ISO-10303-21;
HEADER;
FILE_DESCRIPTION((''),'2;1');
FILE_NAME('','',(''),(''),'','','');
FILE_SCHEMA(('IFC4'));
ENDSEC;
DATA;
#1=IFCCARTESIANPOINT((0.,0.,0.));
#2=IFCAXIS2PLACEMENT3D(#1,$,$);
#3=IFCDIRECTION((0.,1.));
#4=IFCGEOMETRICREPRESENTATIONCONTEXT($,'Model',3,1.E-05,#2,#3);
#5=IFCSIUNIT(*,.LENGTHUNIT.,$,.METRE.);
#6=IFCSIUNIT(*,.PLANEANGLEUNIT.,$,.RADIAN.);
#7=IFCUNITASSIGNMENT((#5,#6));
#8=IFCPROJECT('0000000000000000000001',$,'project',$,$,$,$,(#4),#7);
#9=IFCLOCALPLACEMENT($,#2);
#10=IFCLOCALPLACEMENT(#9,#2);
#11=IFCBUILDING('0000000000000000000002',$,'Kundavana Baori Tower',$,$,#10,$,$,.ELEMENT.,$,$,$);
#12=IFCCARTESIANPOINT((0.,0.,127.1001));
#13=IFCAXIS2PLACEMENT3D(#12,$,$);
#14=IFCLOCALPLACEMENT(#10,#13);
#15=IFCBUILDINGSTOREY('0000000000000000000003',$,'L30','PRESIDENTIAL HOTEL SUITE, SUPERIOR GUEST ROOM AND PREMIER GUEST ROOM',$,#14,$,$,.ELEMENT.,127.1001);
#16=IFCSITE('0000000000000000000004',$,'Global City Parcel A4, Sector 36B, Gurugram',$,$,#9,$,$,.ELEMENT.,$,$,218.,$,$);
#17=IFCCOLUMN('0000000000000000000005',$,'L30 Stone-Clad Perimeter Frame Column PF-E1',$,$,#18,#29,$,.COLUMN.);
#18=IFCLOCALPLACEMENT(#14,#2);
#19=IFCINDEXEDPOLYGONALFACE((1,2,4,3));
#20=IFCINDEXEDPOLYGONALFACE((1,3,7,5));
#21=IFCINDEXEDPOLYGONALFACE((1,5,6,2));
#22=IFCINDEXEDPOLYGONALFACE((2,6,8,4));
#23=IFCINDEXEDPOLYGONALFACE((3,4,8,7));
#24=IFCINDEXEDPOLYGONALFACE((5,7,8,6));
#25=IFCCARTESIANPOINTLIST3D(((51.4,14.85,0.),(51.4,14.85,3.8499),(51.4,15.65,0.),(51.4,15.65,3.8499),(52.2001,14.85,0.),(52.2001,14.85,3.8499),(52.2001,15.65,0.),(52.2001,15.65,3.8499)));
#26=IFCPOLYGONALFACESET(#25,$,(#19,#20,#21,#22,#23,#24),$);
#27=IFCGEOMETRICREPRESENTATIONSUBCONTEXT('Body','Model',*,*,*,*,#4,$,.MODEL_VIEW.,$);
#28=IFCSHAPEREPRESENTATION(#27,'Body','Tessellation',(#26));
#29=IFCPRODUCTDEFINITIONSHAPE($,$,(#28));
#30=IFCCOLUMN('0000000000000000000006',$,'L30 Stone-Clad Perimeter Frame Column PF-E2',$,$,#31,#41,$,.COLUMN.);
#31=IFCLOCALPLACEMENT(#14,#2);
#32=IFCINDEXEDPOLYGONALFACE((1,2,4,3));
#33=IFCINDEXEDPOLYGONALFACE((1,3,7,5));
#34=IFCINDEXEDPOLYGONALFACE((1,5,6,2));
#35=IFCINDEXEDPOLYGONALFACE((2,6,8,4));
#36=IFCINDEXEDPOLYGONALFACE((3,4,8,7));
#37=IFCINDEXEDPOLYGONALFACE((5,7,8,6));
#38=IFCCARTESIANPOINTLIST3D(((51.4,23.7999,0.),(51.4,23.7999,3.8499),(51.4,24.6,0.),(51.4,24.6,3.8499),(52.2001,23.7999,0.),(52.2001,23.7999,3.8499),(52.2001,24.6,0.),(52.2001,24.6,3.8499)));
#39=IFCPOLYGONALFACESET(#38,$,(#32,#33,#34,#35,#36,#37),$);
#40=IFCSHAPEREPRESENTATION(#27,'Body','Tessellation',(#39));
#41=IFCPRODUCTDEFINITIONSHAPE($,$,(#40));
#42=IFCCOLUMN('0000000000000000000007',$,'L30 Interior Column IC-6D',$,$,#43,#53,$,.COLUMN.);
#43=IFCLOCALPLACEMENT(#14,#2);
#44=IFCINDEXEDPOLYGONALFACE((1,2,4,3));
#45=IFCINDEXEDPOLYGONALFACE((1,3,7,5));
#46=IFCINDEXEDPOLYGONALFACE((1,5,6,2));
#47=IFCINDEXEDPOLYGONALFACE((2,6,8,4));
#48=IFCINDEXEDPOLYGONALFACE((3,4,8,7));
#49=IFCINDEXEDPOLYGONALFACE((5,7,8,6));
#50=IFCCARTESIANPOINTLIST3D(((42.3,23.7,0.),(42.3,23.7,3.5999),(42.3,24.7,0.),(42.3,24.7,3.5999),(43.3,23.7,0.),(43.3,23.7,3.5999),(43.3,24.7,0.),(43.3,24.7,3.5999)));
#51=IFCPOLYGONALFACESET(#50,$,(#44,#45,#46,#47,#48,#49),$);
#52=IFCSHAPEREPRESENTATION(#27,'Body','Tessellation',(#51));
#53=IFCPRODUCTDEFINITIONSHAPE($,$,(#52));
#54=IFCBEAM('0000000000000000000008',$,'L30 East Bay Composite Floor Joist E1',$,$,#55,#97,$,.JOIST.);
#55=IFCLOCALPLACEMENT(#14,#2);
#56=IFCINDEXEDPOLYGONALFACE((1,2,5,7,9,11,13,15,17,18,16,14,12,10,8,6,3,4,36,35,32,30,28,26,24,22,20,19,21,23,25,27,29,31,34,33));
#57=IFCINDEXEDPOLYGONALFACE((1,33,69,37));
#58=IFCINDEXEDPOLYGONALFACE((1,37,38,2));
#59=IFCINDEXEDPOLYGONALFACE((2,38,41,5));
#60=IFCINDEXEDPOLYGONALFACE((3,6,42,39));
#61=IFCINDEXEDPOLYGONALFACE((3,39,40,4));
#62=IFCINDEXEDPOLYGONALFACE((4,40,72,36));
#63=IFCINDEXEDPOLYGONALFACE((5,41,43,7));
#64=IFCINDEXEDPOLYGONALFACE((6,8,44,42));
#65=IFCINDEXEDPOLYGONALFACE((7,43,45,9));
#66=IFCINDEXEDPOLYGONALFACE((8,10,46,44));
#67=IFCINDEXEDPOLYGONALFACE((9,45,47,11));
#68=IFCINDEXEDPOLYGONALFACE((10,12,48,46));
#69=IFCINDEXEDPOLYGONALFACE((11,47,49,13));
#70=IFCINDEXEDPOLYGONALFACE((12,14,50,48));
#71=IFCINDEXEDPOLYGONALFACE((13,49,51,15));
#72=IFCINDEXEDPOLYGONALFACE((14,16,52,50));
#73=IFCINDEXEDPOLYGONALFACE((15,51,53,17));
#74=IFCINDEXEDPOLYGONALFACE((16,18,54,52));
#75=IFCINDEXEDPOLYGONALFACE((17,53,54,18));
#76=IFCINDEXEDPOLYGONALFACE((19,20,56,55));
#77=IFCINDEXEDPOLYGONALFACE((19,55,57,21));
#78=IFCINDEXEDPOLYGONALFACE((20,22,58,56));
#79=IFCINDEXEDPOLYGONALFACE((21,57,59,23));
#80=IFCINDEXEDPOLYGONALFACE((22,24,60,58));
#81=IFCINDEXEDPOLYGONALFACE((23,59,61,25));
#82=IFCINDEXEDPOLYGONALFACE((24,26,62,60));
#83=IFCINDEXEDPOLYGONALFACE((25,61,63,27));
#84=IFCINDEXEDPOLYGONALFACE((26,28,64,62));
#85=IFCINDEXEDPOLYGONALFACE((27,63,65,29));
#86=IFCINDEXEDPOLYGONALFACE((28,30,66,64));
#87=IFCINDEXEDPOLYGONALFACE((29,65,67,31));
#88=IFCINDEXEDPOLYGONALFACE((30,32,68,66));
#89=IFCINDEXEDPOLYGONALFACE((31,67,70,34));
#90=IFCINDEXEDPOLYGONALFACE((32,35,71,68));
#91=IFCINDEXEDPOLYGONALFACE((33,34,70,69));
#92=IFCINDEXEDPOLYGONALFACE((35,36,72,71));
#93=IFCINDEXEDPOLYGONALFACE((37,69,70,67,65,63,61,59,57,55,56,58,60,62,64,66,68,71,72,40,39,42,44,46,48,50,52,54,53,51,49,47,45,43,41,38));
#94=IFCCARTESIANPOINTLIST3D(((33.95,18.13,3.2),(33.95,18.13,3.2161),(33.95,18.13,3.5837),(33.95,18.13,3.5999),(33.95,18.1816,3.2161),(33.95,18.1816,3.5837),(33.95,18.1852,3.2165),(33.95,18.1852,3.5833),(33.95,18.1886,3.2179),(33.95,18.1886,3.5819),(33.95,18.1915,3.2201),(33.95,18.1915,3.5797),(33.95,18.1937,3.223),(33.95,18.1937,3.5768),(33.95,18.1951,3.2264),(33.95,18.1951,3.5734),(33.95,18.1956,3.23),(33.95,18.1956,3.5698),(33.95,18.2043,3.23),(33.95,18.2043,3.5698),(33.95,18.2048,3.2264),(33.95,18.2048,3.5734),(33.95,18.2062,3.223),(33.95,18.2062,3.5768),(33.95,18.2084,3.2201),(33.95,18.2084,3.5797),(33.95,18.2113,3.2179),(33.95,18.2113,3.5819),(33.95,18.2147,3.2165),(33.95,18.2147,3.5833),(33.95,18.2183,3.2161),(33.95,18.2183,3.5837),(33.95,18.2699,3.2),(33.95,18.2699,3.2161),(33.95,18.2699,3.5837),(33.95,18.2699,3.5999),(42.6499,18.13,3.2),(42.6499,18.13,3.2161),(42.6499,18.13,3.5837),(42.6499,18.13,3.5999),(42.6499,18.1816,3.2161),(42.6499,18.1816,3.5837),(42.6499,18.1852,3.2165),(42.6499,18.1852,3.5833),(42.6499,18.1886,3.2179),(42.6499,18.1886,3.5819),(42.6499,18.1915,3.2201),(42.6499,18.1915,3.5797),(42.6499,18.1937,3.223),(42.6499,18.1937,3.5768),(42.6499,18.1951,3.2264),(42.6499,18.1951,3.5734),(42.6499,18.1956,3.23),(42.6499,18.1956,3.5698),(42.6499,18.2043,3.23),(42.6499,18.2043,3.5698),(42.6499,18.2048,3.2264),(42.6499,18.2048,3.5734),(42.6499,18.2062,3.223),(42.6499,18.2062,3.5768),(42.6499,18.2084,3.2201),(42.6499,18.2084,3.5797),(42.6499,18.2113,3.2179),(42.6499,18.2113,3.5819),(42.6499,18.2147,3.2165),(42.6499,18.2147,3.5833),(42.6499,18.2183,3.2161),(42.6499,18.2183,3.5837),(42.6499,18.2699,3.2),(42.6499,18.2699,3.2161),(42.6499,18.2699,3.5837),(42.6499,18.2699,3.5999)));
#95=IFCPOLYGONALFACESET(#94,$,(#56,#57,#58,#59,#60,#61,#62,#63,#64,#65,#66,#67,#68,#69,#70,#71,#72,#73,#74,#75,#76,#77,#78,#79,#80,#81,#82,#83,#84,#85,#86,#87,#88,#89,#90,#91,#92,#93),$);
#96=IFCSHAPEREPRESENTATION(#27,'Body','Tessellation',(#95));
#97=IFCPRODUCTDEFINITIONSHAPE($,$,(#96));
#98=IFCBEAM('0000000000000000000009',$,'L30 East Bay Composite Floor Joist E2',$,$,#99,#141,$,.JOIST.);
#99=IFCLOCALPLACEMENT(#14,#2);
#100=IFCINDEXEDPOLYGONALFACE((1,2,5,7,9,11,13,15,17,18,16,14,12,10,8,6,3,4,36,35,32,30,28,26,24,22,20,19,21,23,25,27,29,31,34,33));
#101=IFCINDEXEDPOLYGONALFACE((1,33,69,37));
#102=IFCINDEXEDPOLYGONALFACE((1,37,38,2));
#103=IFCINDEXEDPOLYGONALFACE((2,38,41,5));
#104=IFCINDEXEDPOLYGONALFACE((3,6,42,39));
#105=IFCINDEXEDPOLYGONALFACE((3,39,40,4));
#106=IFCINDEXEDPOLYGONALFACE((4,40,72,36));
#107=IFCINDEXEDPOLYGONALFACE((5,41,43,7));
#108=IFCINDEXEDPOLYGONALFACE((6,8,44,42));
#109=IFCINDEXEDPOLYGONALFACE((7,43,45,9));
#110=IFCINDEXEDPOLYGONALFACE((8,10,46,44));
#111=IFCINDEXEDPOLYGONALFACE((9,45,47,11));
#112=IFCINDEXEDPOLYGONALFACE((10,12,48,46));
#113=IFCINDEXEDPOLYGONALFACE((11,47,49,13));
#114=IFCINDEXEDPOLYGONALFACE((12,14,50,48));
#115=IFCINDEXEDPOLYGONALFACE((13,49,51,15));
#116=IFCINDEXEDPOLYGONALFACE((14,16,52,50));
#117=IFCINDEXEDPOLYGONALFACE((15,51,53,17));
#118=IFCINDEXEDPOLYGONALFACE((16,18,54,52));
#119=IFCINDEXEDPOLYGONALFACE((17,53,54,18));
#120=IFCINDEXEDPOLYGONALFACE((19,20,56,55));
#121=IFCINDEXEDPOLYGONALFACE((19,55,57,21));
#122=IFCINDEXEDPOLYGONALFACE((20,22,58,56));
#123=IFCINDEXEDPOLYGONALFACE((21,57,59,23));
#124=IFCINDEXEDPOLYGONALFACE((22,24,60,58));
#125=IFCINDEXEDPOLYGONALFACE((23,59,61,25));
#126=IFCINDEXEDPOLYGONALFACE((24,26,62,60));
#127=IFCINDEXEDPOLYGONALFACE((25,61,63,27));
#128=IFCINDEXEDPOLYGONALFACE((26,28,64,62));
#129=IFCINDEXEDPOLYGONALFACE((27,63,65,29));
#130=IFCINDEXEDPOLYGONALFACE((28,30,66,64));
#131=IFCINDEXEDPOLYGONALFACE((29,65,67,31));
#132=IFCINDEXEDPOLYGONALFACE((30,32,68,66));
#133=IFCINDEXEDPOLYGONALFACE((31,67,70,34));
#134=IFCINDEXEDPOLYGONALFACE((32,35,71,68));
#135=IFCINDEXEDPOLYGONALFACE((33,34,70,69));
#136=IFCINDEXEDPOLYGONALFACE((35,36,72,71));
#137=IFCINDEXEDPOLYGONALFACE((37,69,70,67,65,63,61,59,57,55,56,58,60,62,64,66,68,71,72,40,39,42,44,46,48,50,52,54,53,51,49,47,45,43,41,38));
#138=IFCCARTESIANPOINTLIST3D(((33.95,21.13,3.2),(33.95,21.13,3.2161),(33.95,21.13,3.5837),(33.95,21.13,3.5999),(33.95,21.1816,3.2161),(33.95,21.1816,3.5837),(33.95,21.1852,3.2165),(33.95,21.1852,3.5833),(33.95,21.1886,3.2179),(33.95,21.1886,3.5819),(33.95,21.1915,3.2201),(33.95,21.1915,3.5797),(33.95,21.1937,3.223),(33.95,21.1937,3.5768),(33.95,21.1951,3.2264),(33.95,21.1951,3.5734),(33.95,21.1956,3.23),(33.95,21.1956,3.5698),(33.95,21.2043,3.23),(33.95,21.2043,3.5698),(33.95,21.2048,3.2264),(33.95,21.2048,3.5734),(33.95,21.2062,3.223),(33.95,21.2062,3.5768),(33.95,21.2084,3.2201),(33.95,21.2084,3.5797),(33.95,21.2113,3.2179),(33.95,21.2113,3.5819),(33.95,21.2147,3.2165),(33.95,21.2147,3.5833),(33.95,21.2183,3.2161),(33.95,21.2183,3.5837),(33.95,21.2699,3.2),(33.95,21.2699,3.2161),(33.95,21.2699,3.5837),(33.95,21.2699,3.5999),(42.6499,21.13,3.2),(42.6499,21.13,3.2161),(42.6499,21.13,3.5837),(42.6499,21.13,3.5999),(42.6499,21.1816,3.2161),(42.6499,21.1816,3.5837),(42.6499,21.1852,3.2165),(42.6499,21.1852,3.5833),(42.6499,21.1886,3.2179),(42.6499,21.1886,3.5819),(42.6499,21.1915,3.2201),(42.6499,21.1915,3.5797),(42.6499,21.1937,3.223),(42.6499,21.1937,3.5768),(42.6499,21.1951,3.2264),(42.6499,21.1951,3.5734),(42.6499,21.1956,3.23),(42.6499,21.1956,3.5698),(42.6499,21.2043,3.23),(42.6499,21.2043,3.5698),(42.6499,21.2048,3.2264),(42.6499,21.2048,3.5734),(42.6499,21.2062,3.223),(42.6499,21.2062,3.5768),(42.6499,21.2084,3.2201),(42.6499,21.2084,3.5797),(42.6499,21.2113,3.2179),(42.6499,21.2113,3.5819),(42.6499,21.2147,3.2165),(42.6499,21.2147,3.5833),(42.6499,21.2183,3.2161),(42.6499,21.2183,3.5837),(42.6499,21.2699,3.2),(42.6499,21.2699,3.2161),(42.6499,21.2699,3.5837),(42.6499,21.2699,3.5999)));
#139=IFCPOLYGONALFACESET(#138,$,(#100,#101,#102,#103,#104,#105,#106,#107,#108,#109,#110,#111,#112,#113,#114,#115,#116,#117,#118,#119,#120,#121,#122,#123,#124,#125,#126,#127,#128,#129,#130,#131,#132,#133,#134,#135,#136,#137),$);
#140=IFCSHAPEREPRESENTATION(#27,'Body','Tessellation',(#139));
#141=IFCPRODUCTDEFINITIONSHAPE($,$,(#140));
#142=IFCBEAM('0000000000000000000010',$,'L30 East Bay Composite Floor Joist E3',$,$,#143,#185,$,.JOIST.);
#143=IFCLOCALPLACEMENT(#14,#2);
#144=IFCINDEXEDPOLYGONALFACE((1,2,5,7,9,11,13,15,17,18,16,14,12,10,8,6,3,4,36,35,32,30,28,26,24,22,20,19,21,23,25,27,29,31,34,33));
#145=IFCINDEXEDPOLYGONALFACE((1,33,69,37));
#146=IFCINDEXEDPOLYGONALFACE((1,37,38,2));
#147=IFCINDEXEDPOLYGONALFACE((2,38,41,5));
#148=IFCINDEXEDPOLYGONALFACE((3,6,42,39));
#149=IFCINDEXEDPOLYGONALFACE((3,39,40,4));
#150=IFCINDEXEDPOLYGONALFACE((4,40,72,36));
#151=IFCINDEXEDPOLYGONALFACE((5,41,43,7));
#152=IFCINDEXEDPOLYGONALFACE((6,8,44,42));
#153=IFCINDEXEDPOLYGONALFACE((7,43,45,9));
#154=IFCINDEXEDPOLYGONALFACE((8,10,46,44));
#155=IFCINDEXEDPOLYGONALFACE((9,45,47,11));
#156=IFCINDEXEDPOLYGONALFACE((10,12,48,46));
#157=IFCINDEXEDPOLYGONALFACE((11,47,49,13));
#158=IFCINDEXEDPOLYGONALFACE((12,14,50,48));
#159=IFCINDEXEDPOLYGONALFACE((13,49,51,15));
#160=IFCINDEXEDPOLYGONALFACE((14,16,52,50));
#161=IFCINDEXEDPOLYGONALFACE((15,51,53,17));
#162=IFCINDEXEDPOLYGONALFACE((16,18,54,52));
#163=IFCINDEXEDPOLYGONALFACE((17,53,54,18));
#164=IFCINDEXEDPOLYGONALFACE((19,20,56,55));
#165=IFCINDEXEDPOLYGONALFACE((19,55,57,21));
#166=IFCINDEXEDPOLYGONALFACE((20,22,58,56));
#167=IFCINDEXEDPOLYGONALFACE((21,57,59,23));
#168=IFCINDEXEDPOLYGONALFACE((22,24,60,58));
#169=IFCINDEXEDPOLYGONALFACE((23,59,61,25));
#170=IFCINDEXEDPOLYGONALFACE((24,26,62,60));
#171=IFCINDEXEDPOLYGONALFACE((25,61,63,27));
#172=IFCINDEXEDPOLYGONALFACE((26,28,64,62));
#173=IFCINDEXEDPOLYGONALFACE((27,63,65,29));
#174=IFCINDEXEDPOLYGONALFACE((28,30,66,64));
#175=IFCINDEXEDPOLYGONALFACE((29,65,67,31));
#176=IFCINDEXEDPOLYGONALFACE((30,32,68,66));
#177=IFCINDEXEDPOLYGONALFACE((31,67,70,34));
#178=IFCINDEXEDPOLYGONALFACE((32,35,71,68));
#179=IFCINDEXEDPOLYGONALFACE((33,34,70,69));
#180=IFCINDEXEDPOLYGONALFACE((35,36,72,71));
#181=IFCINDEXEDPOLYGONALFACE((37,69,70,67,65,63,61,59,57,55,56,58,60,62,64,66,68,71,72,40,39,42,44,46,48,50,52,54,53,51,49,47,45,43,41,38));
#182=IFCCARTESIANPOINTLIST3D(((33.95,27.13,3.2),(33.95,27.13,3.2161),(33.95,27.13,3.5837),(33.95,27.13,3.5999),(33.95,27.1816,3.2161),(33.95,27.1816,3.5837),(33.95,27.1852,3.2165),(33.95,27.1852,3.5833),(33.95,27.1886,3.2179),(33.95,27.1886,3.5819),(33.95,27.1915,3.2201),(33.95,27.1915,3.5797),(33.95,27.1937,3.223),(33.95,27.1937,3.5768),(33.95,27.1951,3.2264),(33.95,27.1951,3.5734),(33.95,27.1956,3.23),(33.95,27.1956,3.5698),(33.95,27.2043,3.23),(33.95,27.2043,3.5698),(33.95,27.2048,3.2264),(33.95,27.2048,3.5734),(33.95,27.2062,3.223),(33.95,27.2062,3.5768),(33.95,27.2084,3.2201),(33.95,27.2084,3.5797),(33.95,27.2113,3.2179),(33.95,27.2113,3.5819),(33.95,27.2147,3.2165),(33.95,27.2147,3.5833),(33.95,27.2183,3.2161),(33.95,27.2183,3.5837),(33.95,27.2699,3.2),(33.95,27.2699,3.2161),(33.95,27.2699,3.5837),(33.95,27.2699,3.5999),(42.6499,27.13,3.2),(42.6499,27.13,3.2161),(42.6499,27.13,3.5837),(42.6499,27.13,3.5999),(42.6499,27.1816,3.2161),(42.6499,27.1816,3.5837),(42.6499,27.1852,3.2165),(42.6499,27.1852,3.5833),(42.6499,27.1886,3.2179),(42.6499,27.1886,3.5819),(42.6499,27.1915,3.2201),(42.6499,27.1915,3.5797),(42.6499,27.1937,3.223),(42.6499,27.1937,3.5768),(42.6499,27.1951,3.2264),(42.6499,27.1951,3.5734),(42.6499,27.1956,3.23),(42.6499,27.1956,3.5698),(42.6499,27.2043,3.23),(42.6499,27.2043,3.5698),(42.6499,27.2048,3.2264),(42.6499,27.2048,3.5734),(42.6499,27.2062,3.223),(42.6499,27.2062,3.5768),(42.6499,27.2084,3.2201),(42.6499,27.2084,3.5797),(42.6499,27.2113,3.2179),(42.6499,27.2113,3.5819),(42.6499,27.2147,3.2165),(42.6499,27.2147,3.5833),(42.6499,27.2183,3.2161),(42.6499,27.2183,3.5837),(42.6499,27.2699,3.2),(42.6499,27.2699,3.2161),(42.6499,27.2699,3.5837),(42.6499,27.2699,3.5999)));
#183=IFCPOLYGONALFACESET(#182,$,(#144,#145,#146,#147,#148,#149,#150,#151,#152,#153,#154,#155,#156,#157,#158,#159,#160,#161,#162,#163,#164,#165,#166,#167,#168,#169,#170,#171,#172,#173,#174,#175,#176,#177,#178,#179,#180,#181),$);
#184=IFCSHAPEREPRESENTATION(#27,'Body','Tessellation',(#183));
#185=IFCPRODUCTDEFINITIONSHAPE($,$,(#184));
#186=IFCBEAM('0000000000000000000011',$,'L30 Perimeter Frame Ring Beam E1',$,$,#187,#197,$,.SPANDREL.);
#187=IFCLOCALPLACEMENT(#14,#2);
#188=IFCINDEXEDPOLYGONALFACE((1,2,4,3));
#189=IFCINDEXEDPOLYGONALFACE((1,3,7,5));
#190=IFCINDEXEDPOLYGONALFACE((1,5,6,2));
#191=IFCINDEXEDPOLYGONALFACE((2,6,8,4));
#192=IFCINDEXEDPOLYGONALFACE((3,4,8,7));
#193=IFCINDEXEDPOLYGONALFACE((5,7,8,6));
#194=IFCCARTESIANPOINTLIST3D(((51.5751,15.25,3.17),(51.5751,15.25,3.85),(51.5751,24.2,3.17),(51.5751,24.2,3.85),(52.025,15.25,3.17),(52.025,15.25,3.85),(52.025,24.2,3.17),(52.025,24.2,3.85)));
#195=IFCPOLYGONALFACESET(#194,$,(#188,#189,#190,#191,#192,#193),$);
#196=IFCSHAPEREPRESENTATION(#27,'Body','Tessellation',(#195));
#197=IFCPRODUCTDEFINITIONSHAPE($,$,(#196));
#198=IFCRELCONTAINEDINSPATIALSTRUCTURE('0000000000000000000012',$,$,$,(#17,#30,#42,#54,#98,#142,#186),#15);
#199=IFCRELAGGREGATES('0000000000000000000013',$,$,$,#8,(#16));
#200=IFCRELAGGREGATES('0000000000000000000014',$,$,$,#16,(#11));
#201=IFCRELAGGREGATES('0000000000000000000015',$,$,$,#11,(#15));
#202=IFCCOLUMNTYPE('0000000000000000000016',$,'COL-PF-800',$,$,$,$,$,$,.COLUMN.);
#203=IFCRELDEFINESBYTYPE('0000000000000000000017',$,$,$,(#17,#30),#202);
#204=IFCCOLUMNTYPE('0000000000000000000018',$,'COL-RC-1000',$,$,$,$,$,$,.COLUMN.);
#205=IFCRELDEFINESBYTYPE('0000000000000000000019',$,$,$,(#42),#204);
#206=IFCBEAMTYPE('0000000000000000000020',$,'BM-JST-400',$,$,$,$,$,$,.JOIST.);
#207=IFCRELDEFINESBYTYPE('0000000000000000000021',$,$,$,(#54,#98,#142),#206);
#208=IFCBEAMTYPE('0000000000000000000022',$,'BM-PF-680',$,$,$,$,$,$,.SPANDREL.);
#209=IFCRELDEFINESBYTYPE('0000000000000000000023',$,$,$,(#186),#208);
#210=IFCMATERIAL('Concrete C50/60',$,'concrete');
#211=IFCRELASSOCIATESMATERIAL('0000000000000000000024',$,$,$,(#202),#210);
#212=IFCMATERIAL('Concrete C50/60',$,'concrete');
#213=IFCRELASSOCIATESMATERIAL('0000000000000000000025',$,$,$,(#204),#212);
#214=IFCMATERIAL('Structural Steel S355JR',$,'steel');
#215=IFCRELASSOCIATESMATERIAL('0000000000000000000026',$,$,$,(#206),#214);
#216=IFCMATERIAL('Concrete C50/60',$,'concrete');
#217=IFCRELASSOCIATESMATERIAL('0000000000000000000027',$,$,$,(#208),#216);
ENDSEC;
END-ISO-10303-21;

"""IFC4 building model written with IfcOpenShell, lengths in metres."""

from ifc_helpers import new_model, si_unit, direction, frame, origin, origin_2d, place, context, subcontext, project, spatial, rectangle, i_section, extrude, material, material_profile, profile_set, type_object, element, save


model = new_model("IFC4")

# Units and contexts
model_context = context("Model", 3, precision=1e-05, world=origin(), true_north=direction((0.0, 1.0)))
body_context = subcontext(model_context, "Body", "Model", "MODEL_VIEW")
ifc_project = project(units=[si_unit("LENGTHUNIT", "METRE"), si_unit("PLANEANGLEUNIT", "RADIAN")], contexts=[model_context])

# Site, building, storey
site_placement = place(None, origin())
site = spatial("IfcSite", under=ifc_project, at=site_placement, Name="Global City Parcel A4, Sector 36B, Gurugram", CompositionType="ELEMENT", RefElevation=218.0)
building_placement = place(site_placement, origin())
building = spatial("IfcBuilding", under=site, at=building_placement, Name="Kundavana Baori Tower", CompositionType="ELEMENT")
storey_placement = place(building_placement, frame((0.0, 0.0, 127.1001)))
storey = spatial("IfcBuildingStorey", under=building, at=storey_placement, Name="L30", Description="PRESIDENTIAL HOTEL SUITE, SUPERIOR GUEST ROOM AND PREMIER GUEST ROOM", CompositionType="ELEMENT", Elevation=127.1001)

# Columns
ifc_material_1 = material(Name="Concrete C50/60", Category="concrete")
ifc_material_profile_1 = material_profile(ifc_material_1, rectangle(XDim=0.8, YDim=0.8, at=origin_2d()), Name="RC PF 800x800")
ifc_profile_set_1 = profile_set([ifc_material_profile_1], Name="Concrete C50/60")
column_type_1 = type_object("IfcColumnType", Name="COL-PF-800", PredefinedType="COLUMN", material=ifc_profile_set_1)
for number, where, z_axis, x_axis, name in (
    (1, (51.8, 15.25, 0.0), (0.0, 0.0, 1.0), (1.0, 0.0, 0.0), "L30 Stone-Clad Perimeter Frame Column PF-E1"),
    (2, (51.8, 24.2, 0.0), (0.0, 0.0, 1.0), (1.0, 0.0, 0.0), "L30 Stone-Clad Perimeter Frame Column PF-E2"),
):
    element("IfcColumn", number, at=place(storey_placement, frame(where, z_axis=z_axis, x_axis=x_axis)), inside=storey, type_object=column_type_1, Name=name, PredefinedType="COLUMN", context=body_context, shape_type="SweptSolid", body=[
        extrude(rectangle(XDim=0.8, YDim=0.8, at=origin_2d()), origin(), (0.0, 0.0, 1.0), 3.8499),
    ])
ifc_material_2 = material(Name="Concrete C50/60", Category="concrete")
ifc_material_profile_2 = material_profile(ifc_material_2, rectangle(XDim=1.0, YDim=1.0, at=origin_2d()), Name="RC 1000x1000")
ifc_profile_set_2 = profile_set([ifc_material_profile_2], Name="Concrete C50/60")
column_type_2 = type_object("IfcColumnType", Name="COL-RC-1000", PredefinedType="COLUMN", material=ifc_profile_set_2)
column_placement = place(storey_placement, frame((42.8, 24.2, 0.0), z_axis=(0.0, 0.0, 1.0), x_axis=(1.0, 0.0, 0.0)))
element("IfcColumn", 3, at=column_placement, inside=storey, type_object=column_type_2, Name="L30 Interior Column IC-6D", PredefinedType="COLUMN", context=body_context, shape_type="SweptSolid", body=[
    extrude(rectangle(XDim=1.0, YDim=1.0, at=origin_2d()), origin(), (0.0, 0.0, 1.0), 3.5999),
])

# Beams
ifc_material_3 = material(Name="Structural Steel S355JR", Category="steel")
ifc_material_profile_3 = material_profile(ifc_material_3, i_section(OverallWidth=0.1399, OverallDepth=0.3999, WebThickness=0.0088, FlangeThickness=0.0161, FilletRadius=0.0139, at=origin_2d()), Name="ISMB 400")
ifc_profile_set_3 = profile_set([ifc_material_profile_3], Name="Structural Steel S355JR")
beam_type_1 = type_object("IfcBeamType", Name="BM-JST-400", PredefinedType="JOIST", material=ifc_profile_set_3)
for number, where, z_axis, x_axis, name in (
    (4, (33.95, 18.2, 3.3999), (1.0, 0.0, 0.0), (0.0, 1.0, 0.0), "L30 East Bay Composite Floor Joist E1"),
    (5, (33.95, 21.2, 3.3999), (1.0, 0.0, 0.0), (0.0, 1.0, 0.0), "L30 East Bay Composite Floor Joist E2"),
    (6, (33.95, 27.2, 3.3999), (1.0, 0.0, 0.0), (0.0, 1.0, 0.0), "L30 East Bay Composite Floor Joist E3"),
):
    element("IfcBeam", number, at=place(storey_placement, frame(where, z_axis=z_axis, x_axis=x_axis)), inside=storey, type_object=beam_type_1, Name=name, PredefinedType="JOIST", context=body_context, shape_type="SweptSolid", body=[
        extrude(i_section(OverallWidth=0.1399, OverallDepth=0.3999, WebThickness=0.0088, FlangeThickness=0.0161, FilletRadius=0.0139, at=origin_2d()), origin(), (0.0, 0.0, 1.0), 8.7),
    ])
ifc_material_4 = material(Name="Concrete C50/60", Category="concrete")
ifc_material_profile_4 = material_profile(ifc_material_4, rectangle(XDim=0.45, YDim=0.6799, at=origin_2d()), Name="RC BM 450x680")
ifc_profile_set_4 = profile_set([ifc_material_profile_4], Name="Concrete C50/60")
beam_type_2 = type_object("IfcBeamType", Name="BM-PF-680", PredefinedType="SPANDREL", material=ifc_profile_set_4)
beam_1_placement = place(storey_placement, frame((51.8, 15.25, 3.51), z_axis=(0.0, 1.0, 0.0), x_axis=(-1.0, 0.0, 0.0)))
element("IfcBeam", 7, at=beam_1_placement, inside=storey, type_object=beam_type_2, Name="L30 Perimeter Frame Ring Beam E1", PredefinedType="SPANDREL", context=body_context, shape_type="SweptSolid", body=[
    extrude(rectangle(XDim=0.45, YDim=0.6799, at=origin_2d()), origin(), (0.0, 0.0, 1.0), 8.95),
])

save(model, "model.ifc")
